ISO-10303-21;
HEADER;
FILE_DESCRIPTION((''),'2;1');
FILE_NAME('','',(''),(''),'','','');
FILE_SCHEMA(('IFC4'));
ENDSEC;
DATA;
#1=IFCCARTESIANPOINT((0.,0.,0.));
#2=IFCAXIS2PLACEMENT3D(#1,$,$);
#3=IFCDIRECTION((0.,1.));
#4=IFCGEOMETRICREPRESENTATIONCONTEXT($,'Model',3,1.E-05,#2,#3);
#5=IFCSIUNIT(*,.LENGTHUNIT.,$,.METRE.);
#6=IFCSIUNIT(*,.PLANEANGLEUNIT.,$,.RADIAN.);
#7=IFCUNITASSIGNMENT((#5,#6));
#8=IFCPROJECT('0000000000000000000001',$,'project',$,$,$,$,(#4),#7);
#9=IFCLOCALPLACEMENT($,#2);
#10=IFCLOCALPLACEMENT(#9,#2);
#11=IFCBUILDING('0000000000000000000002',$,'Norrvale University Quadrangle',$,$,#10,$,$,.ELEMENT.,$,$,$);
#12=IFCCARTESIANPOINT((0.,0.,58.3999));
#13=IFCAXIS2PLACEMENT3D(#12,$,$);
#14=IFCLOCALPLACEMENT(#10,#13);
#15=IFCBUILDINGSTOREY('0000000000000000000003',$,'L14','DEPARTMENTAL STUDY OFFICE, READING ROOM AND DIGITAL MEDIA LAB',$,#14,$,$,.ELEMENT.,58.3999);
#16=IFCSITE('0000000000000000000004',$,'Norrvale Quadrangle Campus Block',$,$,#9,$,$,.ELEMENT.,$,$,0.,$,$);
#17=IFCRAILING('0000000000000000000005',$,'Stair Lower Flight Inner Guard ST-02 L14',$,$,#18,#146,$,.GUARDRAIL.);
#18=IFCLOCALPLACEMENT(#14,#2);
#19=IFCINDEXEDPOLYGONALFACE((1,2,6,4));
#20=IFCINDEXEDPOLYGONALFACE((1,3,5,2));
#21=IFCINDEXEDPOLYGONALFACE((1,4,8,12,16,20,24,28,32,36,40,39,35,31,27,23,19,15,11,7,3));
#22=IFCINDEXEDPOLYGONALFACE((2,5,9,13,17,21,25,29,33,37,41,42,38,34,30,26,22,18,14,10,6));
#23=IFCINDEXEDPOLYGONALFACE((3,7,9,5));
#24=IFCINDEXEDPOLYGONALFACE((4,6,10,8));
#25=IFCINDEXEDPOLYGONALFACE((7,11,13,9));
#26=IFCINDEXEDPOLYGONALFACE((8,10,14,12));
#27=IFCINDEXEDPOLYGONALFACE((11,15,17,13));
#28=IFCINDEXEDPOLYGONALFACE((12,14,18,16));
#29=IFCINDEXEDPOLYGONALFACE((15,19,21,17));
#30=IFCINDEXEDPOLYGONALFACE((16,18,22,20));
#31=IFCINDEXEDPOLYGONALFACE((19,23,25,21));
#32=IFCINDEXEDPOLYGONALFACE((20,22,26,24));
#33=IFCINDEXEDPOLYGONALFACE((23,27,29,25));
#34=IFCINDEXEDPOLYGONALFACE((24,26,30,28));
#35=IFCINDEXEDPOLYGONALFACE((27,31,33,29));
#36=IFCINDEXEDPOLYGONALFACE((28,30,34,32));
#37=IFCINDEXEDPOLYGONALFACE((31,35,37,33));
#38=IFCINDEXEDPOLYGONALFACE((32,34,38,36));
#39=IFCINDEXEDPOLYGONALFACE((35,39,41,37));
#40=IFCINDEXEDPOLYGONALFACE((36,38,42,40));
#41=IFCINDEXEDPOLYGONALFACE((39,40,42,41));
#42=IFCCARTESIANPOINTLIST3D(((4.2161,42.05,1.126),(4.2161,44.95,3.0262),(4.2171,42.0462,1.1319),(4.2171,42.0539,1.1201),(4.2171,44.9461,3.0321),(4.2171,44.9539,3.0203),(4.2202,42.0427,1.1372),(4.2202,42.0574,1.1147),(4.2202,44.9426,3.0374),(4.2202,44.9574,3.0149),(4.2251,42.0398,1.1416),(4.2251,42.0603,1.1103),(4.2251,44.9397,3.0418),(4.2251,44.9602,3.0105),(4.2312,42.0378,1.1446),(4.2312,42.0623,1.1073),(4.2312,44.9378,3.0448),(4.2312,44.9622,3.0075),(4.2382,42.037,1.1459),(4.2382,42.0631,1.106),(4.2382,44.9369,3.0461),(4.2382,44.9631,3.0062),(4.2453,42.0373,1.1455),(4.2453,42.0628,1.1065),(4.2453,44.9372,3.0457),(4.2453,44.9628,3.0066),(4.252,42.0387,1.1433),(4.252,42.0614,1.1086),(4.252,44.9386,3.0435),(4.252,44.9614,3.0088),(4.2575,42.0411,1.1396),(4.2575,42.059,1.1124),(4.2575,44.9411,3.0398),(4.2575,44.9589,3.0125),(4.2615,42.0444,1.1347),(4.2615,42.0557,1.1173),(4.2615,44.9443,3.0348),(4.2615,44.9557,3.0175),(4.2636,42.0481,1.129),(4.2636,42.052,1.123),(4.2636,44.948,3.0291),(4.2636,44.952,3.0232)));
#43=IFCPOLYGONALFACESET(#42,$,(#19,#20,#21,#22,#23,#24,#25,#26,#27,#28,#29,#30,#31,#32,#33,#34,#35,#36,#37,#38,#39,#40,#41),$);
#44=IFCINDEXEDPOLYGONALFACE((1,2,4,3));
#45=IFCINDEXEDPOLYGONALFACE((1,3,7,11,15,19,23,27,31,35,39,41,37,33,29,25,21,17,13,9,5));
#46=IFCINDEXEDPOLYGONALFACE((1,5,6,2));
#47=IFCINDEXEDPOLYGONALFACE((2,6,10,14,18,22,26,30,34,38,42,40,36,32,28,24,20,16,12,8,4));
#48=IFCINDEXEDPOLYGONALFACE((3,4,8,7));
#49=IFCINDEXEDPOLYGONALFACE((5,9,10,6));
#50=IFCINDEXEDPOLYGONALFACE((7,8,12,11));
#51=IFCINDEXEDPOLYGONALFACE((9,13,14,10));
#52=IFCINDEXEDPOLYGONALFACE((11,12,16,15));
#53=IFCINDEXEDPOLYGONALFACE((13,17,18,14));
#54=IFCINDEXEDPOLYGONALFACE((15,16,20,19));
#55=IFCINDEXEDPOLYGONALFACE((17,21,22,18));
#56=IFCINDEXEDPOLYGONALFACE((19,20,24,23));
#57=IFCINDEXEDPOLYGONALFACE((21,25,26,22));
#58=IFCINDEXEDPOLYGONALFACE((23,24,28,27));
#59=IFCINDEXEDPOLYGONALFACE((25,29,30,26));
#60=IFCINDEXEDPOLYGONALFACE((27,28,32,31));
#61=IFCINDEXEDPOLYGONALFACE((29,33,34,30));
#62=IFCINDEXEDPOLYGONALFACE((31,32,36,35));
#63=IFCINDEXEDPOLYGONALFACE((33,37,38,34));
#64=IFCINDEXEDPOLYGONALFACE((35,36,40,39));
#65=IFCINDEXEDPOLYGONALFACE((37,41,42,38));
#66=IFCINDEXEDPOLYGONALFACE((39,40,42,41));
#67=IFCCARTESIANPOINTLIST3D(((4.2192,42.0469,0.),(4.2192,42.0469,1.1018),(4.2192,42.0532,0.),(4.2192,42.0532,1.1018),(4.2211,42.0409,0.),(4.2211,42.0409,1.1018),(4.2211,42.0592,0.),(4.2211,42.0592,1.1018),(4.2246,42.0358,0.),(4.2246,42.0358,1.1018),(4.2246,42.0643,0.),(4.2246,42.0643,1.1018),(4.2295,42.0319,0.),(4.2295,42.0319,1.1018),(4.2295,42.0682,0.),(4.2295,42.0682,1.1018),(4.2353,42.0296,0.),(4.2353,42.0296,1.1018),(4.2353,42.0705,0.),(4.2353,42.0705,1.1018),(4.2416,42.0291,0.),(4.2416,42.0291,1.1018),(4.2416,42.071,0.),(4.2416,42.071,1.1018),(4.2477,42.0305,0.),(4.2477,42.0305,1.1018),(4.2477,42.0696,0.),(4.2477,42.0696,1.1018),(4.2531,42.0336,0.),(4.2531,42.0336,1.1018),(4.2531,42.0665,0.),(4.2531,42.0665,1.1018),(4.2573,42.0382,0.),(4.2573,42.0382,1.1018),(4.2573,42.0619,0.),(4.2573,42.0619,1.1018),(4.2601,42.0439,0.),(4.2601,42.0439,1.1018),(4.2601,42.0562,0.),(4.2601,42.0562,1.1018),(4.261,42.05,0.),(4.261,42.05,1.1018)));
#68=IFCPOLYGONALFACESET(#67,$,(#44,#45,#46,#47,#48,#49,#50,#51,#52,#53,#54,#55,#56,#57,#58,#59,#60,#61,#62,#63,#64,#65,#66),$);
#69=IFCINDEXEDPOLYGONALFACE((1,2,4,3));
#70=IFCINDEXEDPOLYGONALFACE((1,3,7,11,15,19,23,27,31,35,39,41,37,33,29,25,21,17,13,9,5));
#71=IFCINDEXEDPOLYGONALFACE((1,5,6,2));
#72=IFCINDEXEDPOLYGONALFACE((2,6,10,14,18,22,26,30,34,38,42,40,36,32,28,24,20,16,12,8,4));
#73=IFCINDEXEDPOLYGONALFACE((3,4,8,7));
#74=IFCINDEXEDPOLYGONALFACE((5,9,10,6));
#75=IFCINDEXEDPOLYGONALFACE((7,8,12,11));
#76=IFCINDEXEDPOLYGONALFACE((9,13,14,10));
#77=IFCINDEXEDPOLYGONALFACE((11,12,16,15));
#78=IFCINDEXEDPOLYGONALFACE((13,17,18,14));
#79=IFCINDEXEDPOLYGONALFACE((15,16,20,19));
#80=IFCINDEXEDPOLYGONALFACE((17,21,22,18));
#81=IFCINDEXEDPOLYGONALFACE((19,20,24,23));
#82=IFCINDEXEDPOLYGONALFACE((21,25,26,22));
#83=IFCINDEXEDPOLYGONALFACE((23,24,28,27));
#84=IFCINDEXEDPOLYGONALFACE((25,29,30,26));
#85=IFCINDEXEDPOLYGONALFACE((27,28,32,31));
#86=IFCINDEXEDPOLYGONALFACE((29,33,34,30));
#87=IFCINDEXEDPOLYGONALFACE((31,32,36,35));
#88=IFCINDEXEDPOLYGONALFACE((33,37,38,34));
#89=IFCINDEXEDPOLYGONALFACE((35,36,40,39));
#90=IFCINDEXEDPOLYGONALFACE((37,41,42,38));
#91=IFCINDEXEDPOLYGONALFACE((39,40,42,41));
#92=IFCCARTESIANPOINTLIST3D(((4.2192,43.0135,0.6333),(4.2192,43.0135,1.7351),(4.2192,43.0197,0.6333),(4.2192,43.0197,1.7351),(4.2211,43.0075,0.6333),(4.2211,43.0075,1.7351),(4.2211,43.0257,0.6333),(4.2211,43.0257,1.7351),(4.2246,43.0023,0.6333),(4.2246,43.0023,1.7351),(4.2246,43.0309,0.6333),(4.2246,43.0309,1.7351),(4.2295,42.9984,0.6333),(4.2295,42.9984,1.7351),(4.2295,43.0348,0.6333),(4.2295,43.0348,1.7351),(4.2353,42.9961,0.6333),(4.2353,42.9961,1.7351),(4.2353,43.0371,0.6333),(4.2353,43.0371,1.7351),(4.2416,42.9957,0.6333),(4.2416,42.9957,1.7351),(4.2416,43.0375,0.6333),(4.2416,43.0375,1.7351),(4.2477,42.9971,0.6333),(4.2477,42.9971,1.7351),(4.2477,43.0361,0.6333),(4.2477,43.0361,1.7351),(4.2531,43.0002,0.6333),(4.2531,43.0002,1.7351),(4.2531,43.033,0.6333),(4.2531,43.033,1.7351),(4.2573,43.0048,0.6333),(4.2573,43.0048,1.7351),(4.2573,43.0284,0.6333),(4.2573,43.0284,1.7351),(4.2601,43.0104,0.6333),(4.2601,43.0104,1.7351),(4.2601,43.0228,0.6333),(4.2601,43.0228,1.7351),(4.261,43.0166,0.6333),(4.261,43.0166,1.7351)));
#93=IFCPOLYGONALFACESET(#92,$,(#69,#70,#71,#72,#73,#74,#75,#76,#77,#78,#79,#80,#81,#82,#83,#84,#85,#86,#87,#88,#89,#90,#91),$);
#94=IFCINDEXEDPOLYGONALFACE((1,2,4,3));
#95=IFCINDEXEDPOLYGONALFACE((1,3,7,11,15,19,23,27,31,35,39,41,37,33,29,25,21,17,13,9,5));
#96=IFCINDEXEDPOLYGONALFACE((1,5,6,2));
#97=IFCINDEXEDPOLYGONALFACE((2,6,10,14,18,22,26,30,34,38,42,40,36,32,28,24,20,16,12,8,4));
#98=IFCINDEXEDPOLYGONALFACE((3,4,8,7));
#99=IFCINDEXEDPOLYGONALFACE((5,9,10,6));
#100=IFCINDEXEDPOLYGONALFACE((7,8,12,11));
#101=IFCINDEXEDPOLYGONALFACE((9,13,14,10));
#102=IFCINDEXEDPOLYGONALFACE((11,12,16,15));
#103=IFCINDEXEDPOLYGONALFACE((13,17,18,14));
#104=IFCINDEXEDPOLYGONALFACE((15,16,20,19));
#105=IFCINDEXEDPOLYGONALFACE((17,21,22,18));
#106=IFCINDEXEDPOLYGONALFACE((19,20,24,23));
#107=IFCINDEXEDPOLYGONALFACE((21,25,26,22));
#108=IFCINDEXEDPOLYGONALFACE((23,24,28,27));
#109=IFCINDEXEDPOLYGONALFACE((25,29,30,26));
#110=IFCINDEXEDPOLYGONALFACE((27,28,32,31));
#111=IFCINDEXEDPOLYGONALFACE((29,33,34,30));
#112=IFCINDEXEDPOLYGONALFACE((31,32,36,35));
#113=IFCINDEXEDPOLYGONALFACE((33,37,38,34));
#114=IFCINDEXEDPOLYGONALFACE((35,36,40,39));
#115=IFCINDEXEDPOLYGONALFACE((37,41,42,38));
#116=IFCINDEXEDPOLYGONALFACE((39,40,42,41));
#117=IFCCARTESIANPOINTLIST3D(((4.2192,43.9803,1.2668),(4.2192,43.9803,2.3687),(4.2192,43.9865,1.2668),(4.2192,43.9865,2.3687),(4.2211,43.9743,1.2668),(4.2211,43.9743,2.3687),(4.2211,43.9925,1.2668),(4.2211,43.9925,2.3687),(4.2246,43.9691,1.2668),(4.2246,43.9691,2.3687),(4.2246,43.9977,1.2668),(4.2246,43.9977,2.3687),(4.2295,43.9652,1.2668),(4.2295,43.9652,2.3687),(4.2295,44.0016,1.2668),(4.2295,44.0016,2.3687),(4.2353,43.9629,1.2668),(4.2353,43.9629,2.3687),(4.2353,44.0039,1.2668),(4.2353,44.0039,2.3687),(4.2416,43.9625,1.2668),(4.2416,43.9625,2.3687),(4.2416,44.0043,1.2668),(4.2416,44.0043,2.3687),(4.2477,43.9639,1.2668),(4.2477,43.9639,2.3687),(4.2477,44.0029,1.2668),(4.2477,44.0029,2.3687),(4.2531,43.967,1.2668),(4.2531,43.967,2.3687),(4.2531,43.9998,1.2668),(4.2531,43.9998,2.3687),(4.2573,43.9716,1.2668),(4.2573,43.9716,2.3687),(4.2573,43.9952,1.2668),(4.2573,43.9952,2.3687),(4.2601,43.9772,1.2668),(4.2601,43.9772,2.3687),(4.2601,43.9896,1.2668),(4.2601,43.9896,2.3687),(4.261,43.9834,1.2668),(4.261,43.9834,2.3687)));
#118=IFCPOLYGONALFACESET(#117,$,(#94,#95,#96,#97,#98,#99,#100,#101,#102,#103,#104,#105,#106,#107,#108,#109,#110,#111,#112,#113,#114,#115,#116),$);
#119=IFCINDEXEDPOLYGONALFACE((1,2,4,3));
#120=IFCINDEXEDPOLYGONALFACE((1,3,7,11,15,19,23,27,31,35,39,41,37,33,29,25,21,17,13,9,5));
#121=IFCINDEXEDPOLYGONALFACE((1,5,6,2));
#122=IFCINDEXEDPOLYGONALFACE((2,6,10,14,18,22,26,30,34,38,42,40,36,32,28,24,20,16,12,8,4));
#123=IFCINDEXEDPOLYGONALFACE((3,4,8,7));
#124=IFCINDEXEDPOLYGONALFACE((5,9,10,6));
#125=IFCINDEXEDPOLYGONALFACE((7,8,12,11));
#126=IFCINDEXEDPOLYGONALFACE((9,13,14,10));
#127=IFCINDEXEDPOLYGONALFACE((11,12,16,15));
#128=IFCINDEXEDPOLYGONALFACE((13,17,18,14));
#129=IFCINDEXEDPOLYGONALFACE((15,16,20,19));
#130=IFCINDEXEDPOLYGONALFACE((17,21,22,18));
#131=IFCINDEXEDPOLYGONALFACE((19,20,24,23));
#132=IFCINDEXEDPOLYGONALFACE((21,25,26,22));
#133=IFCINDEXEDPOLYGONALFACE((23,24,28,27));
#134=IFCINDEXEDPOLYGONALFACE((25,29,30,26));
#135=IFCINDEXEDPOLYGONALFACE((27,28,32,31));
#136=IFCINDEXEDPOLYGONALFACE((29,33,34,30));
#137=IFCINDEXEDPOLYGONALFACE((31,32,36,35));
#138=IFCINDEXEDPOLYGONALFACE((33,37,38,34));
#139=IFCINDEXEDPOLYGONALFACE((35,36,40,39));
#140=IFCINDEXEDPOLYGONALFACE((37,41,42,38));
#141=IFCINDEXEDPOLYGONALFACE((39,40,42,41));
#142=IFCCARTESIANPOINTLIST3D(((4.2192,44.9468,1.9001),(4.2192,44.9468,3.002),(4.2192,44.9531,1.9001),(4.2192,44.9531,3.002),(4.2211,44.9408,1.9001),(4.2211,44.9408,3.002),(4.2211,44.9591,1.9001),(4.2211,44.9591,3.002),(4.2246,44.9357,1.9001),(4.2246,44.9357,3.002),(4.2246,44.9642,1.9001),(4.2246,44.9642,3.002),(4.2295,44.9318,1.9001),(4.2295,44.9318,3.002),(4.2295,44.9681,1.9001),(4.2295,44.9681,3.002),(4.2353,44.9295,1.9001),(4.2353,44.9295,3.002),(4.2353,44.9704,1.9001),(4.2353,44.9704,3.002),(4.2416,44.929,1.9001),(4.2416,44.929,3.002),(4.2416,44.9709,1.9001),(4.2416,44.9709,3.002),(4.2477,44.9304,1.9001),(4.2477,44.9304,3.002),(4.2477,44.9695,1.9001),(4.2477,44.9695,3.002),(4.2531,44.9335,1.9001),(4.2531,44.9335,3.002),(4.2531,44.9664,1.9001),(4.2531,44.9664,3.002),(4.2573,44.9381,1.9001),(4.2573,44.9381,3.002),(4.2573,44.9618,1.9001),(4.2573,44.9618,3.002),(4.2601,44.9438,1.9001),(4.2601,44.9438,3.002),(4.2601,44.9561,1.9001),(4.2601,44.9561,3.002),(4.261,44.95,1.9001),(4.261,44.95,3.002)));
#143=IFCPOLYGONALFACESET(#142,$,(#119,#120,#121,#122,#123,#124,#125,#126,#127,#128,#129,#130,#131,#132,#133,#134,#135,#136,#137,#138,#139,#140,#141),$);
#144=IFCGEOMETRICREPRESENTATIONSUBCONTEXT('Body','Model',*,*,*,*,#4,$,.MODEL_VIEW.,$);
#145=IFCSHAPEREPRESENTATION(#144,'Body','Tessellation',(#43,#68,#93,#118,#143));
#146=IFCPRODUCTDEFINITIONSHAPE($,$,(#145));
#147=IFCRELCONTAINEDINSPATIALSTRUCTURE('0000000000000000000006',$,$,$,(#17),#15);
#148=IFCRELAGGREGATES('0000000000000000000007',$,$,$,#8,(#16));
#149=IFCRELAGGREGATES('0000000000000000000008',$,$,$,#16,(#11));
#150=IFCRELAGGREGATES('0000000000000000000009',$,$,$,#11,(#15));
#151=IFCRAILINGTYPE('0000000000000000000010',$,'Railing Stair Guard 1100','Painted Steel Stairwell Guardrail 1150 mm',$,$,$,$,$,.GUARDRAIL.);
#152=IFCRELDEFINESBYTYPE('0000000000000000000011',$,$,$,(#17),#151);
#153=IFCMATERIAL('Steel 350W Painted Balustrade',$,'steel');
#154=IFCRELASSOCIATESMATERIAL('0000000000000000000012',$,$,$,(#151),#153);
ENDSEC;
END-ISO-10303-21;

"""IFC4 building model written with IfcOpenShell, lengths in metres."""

from ifc_helpers import new_model, si_unit, direction, frame, origin, origin_2d, place, context, subcontext, project, spatial, circle, extrude, material, type_object, element, save


model = new_model("IFC4")

# Units and contexts
model_context = context("Model", 3, precision=1e-05, world=origin(), true_north=direction((0.0, 1.0)))
body_context = subcontext(model_context, "Body", "Model", "MODEL_VIEW")
ifc_project = project(units=[si_unit("LENGTHUNIT", "METRE"), si_unit("PLANEANGLEUNIT", "RADIAN")], contexts=[model_context])

# Site, building, storey
site_placement = place(None, origin())
site = spatial("IfcSite", under=ifc_project, at=site_placement, Name="Norrvale Quadrangle Campus Block", CompositionType="ELEMENT", RefElevation=0.0)
building_placement = place(site_placement, origin())
building = spatial("IfcBuilding", under=site, at=building_placement, Name="Norrvale University Quadrangle", CompositionType="ELEMENT")
storey_placement = place(building_placement, frame((0.0, 0.0, 58.3999)))
storey = spatial("IfcBuildingStorey", under=building, at=storey_placement, Name="L14", Description="DEPARTMENTAL STUDY OFFICE, READING ROOM AND DIGITAL MEDIA LAB", CompositionType="ELEMENT", Elevation=58.3999)

# Railing
ifc_material_1 = material(Name="Steel 350W Painted Balustrade", Category="steel")
railing_type_1 = type_object("IfcRailingType", Name="Railing Stair Guard 1100", Description="Painted Steel Stairwell Guardrail 1150 mm", PredefinedType="GUARDRAIL", material=ifc_material_1)
railing_1_placement = place(storey_placement, frame((4.24, 42.05, 0.0)))
element("IfcRailing", 1, at=railing_1_placement, inside=storey, type_object=railing_type_1, Name="Stair Lower Flight Inner Guard ST-02 L14", PredefinedType="GUARDRAIL", context=body_context, shape_type="SweptSolid", body=[
    extrude(circle(Radius=0.0239, at=origin_2d()), frame((0.0, 0.0, 1.126), z_axis=(0.0, 0.836433, 0.548069), x_axis=(-1.0, 0.0, 0.0)), (0.0, 0.0, 1.0), 3.467),
    extrude(circle(Radius=0.021, at=origin_2d()), origin(), (0.0, 0.0, 1.0), 1.1018),
    extrude(circle(Radius=0.021, at=origin_2d()), frame((0.0, 0.9666, 0.6333)), (0.0, 0.0, 1.0), 1.1018),
    extrude(circle(Radius=0.021, at=origin_2d()), frame((0.0, 1.9333, 1.2668)), (0.0, 0.0, 1.0), 1.1018),
    extrude(circle(Radius=0.021, at=origin_2d()), frame((0.0, 2.8999, 1.9001)), (0.0, 0.0, 1.0), 1.1018),
])

save(model, "model.ifc")
